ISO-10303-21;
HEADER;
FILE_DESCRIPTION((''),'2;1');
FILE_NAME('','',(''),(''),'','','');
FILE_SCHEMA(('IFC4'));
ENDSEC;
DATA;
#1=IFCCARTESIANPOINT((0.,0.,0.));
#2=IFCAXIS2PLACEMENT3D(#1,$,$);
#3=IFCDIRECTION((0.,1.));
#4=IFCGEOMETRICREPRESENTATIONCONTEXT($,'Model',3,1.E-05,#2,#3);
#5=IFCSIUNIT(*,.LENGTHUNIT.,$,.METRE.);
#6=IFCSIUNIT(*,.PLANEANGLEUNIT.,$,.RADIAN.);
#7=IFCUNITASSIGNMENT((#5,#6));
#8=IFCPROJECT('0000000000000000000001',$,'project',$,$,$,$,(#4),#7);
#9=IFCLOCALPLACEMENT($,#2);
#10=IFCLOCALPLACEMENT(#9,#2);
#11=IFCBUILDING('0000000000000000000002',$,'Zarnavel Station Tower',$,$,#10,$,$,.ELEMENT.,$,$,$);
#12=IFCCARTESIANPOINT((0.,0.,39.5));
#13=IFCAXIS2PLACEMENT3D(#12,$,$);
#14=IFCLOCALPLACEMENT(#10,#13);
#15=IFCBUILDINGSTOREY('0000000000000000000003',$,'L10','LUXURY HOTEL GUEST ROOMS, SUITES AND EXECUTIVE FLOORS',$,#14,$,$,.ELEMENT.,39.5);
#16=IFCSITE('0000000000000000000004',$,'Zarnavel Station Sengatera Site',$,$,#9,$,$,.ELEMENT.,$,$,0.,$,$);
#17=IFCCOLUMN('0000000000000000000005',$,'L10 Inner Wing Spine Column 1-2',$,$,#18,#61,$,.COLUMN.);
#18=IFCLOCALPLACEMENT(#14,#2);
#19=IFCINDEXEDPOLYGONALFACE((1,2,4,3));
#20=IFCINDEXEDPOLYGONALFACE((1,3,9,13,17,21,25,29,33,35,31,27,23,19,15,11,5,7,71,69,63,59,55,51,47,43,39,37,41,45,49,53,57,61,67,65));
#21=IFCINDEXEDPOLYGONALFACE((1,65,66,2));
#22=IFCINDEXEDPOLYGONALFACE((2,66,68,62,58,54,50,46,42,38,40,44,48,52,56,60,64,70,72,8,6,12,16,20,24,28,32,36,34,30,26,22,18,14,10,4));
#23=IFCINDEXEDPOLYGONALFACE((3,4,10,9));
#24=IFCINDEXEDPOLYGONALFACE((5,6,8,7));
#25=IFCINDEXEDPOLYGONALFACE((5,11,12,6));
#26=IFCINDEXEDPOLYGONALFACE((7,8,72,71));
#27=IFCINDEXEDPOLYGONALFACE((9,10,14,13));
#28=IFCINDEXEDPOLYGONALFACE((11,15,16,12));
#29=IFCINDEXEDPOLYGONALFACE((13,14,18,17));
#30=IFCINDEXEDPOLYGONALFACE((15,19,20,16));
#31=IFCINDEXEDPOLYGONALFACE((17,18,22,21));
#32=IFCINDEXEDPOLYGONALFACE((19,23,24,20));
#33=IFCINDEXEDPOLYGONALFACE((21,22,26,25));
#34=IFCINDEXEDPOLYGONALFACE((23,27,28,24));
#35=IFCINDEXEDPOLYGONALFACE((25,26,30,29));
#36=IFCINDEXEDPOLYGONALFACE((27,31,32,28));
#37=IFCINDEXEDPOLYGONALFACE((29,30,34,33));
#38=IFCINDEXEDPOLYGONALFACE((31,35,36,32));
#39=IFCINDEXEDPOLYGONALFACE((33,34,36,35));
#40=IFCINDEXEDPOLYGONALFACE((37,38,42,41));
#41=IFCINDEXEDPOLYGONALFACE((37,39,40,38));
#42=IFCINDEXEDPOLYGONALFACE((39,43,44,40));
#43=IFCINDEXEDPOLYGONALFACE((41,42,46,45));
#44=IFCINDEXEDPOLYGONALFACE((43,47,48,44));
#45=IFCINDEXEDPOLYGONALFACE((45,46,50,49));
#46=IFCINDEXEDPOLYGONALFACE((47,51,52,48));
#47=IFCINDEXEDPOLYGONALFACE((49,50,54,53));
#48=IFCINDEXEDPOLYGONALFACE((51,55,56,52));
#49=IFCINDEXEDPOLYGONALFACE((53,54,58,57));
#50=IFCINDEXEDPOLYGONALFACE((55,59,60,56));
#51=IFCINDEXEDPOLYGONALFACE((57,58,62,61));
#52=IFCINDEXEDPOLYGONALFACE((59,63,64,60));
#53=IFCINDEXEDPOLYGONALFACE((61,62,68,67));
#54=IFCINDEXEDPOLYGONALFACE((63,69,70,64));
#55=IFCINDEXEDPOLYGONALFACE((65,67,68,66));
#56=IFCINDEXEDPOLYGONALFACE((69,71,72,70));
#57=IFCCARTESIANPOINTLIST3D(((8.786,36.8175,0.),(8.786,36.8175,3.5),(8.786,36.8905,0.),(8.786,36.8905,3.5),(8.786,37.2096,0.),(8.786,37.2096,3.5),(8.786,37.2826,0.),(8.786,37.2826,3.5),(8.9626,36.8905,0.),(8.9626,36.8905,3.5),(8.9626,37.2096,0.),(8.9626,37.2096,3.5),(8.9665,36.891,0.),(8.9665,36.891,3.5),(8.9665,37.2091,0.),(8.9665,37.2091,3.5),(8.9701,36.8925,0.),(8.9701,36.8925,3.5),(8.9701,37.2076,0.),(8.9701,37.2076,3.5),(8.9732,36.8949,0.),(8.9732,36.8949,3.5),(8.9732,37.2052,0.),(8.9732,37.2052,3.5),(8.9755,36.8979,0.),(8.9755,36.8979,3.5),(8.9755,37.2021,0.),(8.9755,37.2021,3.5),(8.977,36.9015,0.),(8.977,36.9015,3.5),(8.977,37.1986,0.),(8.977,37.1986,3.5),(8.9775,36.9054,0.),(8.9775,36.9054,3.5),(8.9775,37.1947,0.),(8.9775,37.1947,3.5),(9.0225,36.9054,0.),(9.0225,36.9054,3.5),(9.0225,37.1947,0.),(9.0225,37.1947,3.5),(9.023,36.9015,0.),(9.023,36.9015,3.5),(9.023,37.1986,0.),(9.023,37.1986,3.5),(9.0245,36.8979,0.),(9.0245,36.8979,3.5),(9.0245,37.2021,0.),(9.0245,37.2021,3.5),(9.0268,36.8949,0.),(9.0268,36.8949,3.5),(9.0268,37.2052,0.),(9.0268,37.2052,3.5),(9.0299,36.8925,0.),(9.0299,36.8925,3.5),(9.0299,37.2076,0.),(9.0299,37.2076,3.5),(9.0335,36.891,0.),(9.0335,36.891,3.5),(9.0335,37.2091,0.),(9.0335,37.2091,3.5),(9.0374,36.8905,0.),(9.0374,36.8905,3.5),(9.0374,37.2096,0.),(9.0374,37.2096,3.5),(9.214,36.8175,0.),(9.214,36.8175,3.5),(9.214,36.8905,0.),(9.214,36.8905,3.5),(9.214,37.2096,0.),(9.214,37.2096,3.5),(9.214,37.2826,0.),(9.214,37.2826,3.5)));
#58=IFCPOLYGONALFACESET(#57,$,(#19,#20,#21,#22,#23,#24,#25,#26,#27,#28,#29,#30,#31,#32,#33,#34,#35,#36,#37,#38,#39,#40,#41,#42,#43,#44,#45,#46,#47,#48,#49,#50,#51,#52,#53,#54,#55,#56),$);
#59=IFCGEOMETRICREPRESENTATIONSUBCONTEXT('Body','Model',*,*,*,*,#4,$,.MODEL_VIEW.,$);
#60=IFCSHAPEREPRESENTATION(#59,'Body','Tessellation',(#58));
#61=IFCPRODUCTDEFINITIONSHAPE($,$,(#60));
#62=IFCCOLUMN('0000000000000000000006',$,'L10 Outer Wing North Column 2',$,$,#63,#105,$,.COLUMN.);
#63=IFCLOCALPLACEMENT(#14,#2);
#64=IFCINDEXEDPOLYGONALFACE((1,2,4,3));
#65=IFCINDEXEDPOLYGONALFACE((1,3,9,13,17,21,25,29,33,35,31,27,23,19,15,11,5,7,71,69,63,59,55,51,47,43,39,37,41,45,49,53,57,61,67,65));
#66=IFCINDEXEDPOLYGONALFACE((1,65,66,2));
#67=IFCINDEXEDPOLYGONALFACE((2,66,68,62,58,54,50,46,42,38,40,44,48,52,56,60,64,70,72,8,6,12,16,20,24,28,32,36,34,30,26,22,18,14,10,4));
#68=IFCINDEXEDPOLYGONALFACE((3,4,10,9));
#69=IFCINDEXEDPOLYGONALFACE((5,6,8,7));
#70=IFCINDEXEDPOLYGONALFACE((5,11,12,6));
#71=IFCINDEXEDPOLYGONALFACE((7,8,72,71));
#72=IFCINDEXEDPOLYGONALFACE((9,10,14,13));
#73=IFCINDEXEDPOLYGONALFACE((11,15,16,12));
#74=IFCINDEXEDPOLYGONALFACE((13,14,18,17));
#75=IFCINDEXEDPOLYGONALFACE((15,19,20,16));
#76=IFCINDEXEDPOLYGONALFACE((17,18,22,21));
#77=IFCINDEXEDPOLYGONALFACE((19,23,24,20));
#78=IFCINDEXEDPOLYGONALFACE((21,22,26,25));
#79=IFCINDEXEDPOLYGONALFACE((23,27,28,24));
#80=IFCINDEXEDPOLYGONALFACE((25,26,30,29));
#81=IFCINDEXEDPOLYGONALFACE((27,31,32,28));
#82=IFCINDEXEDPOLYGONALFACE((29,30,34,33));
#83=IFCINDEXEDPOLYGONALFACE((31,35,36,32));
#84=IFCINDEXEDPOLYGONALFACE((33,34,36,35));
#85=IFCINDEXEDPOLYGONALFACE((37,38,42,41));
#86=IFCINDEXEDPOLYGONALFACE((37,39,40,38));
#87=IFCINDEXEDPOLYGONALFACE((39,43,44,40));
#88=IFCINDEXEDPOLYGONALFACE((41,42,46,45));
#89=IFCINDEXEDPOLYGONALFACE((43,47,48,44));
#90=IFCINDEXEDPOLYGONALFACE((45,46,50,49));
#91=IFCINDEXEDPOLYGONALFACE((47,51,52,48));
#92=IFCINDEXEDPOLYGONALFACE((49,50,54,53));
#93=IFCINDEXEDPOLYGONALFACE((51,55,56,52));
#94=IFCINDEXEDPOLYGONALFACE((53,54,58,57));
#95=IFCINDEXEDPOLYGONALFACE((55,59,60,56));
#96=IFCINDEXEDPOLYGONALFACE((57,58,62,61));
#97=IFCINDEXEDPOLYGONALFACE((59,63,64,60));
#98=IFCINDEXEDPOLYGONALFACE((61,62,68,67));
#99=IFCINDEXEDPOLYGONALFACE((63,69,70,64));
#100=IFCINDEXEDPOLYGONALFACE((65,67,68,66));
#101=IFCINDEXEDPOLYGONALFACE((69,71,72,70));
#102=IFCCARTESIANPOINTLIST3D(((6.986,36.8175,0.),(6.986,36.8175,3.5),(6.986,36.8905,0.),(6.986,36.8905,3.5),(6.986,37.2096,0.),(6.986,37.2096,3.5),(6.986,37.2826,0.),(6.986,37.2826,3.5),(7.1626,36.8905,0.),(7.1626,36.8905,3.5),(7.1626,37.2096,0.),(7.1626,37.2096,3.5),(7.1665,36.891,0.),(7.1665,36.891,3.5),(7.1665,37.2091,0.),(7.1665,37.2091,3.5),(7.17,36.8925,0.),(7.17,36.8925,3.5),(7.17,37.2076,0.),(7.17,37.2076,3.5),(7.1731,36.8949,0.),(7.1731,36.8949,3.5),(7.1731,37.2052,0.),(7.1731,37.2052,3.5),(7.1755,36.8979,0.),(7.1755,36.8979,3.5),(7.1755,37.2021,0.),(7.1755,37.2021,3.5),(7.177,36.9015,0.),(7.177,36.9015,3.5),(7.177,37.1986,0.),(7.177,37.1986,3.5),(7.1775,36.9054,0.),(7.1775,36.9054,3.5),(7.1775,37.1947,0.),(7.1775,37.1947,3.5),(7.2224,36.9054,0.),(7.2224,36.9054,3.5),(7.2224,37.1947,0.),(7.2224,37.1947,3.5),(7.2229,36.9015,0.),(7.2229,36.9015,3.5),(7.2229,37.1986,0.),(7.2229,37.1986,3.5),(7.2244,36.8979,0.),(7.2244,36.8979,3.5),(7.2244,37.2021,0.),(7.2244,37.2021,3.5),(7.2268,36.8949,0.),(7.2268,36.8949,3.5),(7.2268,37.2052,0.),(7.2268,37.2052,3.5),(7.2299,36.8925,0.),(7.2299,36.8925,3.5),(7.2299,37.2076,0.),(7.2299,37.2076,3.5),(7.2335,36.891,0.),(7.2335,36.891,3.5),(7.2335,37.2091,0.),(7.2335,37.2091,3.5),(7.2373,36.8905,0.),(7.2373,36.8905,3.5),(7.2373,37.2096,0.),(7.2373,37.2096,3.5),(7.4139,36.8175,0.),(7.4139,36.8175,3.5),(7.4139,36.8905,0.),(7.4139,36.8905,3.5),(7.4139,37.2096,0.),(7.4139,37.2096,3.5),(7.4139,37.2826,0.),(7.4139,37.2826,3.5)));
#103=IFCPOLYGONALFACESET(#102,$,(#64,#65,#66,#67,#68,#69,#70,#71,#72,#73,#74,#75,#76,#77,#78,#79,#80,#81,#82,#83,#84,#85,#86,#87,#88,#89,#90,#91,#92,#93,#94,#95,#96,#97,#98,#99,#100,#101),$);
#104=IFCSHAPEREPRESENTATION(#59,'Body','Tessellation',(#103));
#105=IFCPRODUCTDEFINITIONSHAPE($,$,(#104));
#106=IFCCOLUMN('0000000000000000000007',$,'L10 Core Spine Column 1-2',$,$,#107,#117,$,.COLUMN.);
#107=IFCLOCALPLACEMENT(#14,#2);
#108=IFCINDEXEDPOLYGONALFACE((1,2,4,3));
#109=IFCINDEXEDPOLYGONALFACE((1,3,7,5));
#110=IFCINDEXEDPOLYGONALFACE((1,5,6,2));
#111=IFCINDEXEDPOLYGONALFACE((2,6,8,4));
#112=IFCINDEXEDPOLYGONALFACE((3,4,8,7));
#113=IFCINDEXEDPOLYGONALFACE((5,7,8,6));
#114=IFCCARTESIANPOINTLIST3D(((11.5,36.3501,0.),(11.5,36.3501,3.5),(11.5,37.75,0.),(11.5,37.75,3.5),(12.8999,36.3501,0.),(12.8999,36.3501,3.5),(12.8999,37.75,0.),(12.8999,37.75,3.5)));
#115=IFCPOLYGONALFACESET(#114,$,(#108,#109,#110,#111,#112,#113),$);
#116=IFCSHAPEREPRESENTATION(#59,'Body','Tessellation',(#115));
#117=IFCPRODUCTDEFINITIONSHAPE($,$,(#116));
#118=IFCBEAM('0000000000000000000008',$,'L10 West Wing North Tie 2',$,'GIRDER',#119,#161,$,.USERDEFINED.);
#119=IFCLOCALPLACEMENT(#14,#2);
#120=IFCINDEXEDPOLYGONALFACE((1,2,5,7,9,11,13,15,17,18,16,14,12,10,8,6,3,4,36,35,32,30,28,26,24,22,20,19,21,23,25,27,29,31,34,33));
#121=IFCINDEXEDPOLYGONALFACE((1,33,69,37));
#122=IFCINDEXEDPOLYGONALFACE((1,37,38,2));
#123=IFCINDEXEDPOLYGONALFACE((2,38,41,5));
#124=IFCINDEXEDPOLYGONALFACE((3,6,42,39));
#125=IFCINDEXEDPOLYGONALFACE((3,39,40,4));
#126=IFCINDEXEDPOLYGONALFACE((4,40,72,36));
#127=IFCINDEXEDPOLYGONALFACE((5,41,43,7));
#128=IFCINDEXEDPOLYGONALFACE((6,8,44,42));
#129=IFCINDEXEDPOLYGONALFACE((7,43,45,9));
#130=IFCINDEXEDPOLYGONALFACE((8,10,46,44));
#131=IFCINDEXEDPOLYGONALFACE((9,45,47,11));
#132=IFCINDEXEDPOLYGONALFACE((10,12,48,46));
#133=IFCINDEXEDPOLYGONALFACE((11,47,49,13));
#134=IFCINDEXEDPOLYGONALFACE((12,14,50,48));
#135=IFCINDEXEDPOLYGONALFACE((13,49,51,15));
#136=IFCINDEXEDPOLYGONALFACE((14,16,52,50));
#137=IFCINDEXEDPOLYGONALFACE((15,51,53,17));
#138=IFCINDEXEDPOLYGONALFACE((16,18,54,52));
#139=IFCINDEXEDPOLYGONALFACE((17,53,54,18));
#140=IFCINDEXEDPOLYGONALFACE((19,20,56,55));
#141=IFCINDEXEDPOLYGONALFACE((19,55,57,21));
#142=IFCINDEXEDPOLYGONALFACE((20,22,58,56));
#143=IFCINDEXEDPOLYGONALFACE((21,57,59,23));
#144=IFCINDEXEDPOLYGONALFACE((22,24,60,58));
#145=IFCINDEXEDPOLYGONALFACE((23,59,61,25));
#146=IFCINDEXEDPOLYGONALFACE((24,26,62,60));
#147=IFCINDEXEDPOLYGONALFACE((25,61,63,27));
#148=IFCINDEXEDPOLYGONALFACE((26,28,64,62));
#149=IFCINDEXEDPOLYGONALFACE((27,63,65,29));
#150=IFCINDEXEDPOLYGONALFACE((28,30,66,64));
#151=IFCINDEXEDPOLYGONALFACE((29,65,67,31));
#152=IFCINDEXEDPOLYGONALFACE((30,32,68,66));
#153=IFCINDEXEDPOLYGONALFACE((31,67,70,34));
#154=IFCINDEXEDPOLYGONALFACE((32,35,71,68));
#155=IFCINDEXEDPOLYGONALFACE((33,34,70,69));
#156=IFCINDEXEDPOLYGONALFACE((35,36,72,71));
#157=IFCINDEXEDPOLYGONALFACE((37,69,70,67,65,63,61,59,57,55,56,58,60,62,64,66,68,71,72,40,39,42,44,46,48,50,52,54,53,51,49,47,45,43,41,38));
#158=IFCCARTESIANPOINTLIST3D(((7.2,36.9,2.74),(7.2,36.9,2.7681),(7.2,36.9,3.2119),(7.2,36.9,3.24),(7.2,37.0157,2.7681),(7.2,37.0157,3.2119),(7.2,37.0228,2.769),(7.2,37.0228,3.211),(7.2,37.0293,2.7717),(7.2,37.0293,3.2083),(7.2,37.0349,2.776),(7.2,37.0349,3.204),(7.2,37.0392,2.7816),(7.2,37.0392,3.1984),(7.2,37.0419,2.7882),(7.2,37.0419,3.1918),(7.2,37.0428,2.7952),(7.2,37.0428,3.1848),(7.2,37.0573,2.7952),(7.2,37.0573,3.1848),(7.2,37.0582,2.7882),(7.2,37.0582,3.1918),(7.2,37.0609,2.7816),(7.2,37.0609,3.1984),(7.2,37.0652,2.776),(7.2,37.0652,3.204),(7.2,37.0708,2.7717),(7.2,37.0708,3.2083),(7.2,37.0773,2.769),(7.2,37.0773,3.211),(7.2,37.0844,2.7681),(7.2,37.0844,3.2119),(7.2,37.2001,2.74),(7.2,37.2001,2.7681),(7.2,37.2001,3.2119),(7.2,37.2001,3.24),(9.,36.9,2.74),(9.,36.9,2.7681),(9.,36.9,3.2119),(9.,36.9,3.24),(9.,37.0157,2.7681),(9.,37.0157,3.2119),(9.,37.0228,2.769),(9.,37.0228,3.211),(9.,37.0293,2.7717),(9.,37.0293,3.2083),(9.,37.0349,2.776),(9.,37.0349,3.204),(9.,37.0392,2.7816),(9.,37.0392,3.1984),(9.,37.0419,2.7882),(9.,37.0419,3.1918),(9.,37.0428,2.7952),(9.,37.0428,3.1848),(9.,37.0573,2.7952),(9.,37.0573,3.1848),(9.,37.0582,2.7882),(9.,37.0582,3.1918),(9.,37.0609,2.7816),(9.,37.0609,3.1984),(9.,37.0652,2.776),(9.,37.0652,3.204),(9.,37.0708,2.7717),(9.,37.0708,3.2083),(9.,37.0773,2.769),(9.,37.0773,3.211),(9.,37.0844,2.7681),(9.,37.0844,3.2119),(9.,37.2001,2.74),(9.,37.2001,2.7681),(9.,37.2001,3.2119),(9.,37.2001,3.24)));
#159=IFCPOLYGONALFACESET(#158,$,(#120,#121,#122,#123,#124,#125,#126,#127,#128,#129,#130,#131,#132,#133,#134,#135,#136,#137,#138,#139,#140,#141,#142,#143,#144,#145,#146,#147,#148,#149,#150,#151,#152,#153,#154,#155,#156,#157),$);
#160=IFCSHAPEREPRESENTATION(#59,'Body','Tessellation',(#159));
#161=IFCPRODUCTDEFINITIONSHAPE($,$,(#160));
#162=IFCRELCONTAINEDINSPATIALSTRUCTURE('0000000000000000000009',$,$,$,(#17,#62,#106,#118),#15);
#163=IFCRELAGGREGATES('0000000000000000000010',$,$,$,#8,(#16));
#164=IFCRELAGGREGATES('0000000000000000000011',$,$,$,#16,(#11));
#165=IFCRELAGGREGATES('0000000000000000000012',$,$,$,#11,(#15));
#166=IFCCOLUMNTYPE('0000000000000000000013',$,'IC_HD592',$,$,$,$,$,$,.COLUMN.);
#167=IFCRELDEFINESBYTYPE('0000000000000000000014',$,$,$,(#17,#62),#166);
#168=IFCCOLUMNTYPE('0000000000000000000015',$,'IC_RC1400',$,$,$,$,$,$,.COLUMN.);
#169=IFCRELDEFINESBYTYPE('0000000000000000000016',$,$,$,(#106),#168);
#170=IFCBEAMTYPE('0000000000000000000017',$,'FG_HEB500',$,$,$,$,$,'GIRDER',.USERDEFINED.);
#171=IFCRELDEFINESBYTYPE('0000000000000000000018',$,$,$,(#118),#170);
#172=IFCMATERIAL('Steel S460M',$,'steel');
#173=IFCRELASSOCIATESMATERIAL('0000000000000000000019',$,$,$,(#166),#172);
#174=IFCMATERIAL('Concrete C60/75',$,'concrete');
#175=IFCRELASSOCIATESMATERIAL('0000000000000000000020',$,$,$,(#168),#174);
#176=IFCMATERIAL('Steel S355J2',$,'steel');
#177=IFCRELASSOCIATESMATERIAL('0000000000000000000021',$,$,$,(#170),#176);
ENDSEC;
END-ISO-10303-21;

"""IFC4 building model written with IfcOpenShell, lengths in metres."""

from ifc_helpers import new_model, si_unit, direction, frame, origin, origin_2d, place, context, subcontext, project, spatial, rectangle, i_section, extrude, material, material_profile, profile_set, type_object, element, save


model = new_model("IFC4")

# Units and contexts
model_context = context("Model", 3, precision=1e-05, world=origin(), true_north=direction((0.0, 1.0)))
body_context = subcontext(model_context, "Body", "Model", "MODEL_VIEW")
ifc_project = project(units=[si_unit("LENGTHUNIT", "METRE"), si_unit("PLANEANGLEUNIT", "RADIAN")], contexts=[model_context])

# Site, building, storey
site_placement = place(None, origin())
site = spatial("IfcSite", under=ifc_project, at=site_placement, Name="Zarnavel Station Sengatera Site", CompositionType="ELEMENT", RefElevation=0.0)
building_placement = place(site_placement, origin())
building = spatial("IfcBuilding", under=site, at=building_placement, Name="Zarnavel Station Tower", CompositionType="ELEMENT")
storey_placement = place(building_placement, frame((0.0, 0.0, 39.5)))
storey = spatial("IfcBuildingStorey", under=building, at=storey_placement, Name="L10", Description="LUXURY HOTEL GUEST ROOMS, SUITES AND EXECUTIVE FLOORS", CompositionType="ELEMENT", Elevation=39.5)

# Columns
ifc_material_1 = material(Name="Steel S460M", Category="steel")
ifc_material_profile_1 = material_profile(ifc_material_1, i_section(OverallWidth=0.428, OverallDepth=0.4651, WebThickness=0.0449, FlangeThickness=0.073, FilletRadius=0.0149, at=origin_2d()), Name="HD400x592")
ifc_profile_set_1 = profile_set([ifc_material_profile_1], Name="Steel S460M")
column_type_1 = type_object("IfcColumnType", Name="IC_HD592", PredefinedType="COLUMN", material=ifc_profile_set_1)
for number, where, z_axis, x_axis, name in (
    (1, (9.0, 37.05, 0.0), (0.0, 0.0, 1.0), (1.0, 0.0, 0.0), "L10 Inner Wing Spine Column 1-2"),
    (2, (7.2, 37.05, 0.0), (0.0, 0.0, 1.0), (1.0, 0.0, 0.0), "L10 Outer Wing North Column 2"),
):
    element("IfcColumn", number, at=place(storey_placement, frame(where, z_axis=z_axis, x_axis=x_axis)), inside=storey, type_object=column_type_1, Name=name, PredefinedType="COLUMN", context=body_context, shape_type="SweptSolid", body=[
        extrude(i_section(OverallWidth=0.428, OverallDepth=0.4651, WebThickness=0.0449, FlangeThickness=0.073, FilletRadius=0.0149, at=origin_2d()), origin(), (0.0, 0.0, 1.0), 3.5),
    ])
ifc_material_2 = material(Name="Concrete C60/75", Category="concrete")
ifc_material_profile_2 = material_profile(ifc_material_2, rectangle(XDim=1.3999, YDim=1.3999, at=origin_2d()), Name="RC1400x1400")
ifc_profile_set_2 = profile_set([ifc_material_profile_2], Name="Concrete C60/75")
column_type_2 = type_object("IfcColumnType", Name="IC_RC1400", PredefinedType="COLUMN", material=ifc_profile_set_2)
column_placement = place(storey_placement, frame((12.2, 37.05, 0.0), z_axis=(0.0, 0.0, 1.0), x_axis=(1.0, 0.0, 0.0)))
element("IfcColumn", 3, at=column_placement, inside=storey, type_object=column_type_2, Name="L10 Core Spine Column 1-2", PredefinedType="COLUMN", context=body_context, shape_type="SweptSolid", body=[
    extrude(rectangle(XDim=1.3999, YDim=1.3999, at=origin_2d()), origin(), (0.0, 0.0, 1.0), 3.5),
])

# Beam
ifc_material_3 = material(Name="Steel S355J2", Category="steel")
ifc_material_profile_3 = material_profile(ifc_material_3, i_section(OverallWidth=0.3, OverallDepth=0.5, WebThickness=0.0144, FlangeThickness=0.0281, FilletRadius=0.0271, at=origin_2d()), Name="HEB500")
ifc_profile_set_3 = profile_set([ifc_material_profile_3], Name="Steel S355J2")
beam_type = type_object("IfcBeamType", Name="FG_HEB500", ElementType="GIRDER", PredefinedType="USERDEFINED", material=ifc_profile_set_3)
beam_1_placement = place(storey_placement, frame((7.2, 37.05, 2.99), z_axis=(1.0, 0.0, 0.0), x_axis=(0.0, 1.0, 0.0)))
element("IfcBeam", 4, at=beam_1_placement, inside=storey, type_object=beam_type, Name="L10 West Wing North Tie 2", ObjectType="GIRDER", PredefinedType="USERDEFINED", context=body_context, shape_type="SweptSolid", body=[
    extrude(i_section(OverallWidth=0.3, OverallDepth=0.5, WebThickness=0.0144, FlangeThickness=0.0281, FilletRadius=0.0271, at=origin_2d()), origin(), (0.0, 0.0, 1.0), 1.8),
])

save(model, "model.ifc")
